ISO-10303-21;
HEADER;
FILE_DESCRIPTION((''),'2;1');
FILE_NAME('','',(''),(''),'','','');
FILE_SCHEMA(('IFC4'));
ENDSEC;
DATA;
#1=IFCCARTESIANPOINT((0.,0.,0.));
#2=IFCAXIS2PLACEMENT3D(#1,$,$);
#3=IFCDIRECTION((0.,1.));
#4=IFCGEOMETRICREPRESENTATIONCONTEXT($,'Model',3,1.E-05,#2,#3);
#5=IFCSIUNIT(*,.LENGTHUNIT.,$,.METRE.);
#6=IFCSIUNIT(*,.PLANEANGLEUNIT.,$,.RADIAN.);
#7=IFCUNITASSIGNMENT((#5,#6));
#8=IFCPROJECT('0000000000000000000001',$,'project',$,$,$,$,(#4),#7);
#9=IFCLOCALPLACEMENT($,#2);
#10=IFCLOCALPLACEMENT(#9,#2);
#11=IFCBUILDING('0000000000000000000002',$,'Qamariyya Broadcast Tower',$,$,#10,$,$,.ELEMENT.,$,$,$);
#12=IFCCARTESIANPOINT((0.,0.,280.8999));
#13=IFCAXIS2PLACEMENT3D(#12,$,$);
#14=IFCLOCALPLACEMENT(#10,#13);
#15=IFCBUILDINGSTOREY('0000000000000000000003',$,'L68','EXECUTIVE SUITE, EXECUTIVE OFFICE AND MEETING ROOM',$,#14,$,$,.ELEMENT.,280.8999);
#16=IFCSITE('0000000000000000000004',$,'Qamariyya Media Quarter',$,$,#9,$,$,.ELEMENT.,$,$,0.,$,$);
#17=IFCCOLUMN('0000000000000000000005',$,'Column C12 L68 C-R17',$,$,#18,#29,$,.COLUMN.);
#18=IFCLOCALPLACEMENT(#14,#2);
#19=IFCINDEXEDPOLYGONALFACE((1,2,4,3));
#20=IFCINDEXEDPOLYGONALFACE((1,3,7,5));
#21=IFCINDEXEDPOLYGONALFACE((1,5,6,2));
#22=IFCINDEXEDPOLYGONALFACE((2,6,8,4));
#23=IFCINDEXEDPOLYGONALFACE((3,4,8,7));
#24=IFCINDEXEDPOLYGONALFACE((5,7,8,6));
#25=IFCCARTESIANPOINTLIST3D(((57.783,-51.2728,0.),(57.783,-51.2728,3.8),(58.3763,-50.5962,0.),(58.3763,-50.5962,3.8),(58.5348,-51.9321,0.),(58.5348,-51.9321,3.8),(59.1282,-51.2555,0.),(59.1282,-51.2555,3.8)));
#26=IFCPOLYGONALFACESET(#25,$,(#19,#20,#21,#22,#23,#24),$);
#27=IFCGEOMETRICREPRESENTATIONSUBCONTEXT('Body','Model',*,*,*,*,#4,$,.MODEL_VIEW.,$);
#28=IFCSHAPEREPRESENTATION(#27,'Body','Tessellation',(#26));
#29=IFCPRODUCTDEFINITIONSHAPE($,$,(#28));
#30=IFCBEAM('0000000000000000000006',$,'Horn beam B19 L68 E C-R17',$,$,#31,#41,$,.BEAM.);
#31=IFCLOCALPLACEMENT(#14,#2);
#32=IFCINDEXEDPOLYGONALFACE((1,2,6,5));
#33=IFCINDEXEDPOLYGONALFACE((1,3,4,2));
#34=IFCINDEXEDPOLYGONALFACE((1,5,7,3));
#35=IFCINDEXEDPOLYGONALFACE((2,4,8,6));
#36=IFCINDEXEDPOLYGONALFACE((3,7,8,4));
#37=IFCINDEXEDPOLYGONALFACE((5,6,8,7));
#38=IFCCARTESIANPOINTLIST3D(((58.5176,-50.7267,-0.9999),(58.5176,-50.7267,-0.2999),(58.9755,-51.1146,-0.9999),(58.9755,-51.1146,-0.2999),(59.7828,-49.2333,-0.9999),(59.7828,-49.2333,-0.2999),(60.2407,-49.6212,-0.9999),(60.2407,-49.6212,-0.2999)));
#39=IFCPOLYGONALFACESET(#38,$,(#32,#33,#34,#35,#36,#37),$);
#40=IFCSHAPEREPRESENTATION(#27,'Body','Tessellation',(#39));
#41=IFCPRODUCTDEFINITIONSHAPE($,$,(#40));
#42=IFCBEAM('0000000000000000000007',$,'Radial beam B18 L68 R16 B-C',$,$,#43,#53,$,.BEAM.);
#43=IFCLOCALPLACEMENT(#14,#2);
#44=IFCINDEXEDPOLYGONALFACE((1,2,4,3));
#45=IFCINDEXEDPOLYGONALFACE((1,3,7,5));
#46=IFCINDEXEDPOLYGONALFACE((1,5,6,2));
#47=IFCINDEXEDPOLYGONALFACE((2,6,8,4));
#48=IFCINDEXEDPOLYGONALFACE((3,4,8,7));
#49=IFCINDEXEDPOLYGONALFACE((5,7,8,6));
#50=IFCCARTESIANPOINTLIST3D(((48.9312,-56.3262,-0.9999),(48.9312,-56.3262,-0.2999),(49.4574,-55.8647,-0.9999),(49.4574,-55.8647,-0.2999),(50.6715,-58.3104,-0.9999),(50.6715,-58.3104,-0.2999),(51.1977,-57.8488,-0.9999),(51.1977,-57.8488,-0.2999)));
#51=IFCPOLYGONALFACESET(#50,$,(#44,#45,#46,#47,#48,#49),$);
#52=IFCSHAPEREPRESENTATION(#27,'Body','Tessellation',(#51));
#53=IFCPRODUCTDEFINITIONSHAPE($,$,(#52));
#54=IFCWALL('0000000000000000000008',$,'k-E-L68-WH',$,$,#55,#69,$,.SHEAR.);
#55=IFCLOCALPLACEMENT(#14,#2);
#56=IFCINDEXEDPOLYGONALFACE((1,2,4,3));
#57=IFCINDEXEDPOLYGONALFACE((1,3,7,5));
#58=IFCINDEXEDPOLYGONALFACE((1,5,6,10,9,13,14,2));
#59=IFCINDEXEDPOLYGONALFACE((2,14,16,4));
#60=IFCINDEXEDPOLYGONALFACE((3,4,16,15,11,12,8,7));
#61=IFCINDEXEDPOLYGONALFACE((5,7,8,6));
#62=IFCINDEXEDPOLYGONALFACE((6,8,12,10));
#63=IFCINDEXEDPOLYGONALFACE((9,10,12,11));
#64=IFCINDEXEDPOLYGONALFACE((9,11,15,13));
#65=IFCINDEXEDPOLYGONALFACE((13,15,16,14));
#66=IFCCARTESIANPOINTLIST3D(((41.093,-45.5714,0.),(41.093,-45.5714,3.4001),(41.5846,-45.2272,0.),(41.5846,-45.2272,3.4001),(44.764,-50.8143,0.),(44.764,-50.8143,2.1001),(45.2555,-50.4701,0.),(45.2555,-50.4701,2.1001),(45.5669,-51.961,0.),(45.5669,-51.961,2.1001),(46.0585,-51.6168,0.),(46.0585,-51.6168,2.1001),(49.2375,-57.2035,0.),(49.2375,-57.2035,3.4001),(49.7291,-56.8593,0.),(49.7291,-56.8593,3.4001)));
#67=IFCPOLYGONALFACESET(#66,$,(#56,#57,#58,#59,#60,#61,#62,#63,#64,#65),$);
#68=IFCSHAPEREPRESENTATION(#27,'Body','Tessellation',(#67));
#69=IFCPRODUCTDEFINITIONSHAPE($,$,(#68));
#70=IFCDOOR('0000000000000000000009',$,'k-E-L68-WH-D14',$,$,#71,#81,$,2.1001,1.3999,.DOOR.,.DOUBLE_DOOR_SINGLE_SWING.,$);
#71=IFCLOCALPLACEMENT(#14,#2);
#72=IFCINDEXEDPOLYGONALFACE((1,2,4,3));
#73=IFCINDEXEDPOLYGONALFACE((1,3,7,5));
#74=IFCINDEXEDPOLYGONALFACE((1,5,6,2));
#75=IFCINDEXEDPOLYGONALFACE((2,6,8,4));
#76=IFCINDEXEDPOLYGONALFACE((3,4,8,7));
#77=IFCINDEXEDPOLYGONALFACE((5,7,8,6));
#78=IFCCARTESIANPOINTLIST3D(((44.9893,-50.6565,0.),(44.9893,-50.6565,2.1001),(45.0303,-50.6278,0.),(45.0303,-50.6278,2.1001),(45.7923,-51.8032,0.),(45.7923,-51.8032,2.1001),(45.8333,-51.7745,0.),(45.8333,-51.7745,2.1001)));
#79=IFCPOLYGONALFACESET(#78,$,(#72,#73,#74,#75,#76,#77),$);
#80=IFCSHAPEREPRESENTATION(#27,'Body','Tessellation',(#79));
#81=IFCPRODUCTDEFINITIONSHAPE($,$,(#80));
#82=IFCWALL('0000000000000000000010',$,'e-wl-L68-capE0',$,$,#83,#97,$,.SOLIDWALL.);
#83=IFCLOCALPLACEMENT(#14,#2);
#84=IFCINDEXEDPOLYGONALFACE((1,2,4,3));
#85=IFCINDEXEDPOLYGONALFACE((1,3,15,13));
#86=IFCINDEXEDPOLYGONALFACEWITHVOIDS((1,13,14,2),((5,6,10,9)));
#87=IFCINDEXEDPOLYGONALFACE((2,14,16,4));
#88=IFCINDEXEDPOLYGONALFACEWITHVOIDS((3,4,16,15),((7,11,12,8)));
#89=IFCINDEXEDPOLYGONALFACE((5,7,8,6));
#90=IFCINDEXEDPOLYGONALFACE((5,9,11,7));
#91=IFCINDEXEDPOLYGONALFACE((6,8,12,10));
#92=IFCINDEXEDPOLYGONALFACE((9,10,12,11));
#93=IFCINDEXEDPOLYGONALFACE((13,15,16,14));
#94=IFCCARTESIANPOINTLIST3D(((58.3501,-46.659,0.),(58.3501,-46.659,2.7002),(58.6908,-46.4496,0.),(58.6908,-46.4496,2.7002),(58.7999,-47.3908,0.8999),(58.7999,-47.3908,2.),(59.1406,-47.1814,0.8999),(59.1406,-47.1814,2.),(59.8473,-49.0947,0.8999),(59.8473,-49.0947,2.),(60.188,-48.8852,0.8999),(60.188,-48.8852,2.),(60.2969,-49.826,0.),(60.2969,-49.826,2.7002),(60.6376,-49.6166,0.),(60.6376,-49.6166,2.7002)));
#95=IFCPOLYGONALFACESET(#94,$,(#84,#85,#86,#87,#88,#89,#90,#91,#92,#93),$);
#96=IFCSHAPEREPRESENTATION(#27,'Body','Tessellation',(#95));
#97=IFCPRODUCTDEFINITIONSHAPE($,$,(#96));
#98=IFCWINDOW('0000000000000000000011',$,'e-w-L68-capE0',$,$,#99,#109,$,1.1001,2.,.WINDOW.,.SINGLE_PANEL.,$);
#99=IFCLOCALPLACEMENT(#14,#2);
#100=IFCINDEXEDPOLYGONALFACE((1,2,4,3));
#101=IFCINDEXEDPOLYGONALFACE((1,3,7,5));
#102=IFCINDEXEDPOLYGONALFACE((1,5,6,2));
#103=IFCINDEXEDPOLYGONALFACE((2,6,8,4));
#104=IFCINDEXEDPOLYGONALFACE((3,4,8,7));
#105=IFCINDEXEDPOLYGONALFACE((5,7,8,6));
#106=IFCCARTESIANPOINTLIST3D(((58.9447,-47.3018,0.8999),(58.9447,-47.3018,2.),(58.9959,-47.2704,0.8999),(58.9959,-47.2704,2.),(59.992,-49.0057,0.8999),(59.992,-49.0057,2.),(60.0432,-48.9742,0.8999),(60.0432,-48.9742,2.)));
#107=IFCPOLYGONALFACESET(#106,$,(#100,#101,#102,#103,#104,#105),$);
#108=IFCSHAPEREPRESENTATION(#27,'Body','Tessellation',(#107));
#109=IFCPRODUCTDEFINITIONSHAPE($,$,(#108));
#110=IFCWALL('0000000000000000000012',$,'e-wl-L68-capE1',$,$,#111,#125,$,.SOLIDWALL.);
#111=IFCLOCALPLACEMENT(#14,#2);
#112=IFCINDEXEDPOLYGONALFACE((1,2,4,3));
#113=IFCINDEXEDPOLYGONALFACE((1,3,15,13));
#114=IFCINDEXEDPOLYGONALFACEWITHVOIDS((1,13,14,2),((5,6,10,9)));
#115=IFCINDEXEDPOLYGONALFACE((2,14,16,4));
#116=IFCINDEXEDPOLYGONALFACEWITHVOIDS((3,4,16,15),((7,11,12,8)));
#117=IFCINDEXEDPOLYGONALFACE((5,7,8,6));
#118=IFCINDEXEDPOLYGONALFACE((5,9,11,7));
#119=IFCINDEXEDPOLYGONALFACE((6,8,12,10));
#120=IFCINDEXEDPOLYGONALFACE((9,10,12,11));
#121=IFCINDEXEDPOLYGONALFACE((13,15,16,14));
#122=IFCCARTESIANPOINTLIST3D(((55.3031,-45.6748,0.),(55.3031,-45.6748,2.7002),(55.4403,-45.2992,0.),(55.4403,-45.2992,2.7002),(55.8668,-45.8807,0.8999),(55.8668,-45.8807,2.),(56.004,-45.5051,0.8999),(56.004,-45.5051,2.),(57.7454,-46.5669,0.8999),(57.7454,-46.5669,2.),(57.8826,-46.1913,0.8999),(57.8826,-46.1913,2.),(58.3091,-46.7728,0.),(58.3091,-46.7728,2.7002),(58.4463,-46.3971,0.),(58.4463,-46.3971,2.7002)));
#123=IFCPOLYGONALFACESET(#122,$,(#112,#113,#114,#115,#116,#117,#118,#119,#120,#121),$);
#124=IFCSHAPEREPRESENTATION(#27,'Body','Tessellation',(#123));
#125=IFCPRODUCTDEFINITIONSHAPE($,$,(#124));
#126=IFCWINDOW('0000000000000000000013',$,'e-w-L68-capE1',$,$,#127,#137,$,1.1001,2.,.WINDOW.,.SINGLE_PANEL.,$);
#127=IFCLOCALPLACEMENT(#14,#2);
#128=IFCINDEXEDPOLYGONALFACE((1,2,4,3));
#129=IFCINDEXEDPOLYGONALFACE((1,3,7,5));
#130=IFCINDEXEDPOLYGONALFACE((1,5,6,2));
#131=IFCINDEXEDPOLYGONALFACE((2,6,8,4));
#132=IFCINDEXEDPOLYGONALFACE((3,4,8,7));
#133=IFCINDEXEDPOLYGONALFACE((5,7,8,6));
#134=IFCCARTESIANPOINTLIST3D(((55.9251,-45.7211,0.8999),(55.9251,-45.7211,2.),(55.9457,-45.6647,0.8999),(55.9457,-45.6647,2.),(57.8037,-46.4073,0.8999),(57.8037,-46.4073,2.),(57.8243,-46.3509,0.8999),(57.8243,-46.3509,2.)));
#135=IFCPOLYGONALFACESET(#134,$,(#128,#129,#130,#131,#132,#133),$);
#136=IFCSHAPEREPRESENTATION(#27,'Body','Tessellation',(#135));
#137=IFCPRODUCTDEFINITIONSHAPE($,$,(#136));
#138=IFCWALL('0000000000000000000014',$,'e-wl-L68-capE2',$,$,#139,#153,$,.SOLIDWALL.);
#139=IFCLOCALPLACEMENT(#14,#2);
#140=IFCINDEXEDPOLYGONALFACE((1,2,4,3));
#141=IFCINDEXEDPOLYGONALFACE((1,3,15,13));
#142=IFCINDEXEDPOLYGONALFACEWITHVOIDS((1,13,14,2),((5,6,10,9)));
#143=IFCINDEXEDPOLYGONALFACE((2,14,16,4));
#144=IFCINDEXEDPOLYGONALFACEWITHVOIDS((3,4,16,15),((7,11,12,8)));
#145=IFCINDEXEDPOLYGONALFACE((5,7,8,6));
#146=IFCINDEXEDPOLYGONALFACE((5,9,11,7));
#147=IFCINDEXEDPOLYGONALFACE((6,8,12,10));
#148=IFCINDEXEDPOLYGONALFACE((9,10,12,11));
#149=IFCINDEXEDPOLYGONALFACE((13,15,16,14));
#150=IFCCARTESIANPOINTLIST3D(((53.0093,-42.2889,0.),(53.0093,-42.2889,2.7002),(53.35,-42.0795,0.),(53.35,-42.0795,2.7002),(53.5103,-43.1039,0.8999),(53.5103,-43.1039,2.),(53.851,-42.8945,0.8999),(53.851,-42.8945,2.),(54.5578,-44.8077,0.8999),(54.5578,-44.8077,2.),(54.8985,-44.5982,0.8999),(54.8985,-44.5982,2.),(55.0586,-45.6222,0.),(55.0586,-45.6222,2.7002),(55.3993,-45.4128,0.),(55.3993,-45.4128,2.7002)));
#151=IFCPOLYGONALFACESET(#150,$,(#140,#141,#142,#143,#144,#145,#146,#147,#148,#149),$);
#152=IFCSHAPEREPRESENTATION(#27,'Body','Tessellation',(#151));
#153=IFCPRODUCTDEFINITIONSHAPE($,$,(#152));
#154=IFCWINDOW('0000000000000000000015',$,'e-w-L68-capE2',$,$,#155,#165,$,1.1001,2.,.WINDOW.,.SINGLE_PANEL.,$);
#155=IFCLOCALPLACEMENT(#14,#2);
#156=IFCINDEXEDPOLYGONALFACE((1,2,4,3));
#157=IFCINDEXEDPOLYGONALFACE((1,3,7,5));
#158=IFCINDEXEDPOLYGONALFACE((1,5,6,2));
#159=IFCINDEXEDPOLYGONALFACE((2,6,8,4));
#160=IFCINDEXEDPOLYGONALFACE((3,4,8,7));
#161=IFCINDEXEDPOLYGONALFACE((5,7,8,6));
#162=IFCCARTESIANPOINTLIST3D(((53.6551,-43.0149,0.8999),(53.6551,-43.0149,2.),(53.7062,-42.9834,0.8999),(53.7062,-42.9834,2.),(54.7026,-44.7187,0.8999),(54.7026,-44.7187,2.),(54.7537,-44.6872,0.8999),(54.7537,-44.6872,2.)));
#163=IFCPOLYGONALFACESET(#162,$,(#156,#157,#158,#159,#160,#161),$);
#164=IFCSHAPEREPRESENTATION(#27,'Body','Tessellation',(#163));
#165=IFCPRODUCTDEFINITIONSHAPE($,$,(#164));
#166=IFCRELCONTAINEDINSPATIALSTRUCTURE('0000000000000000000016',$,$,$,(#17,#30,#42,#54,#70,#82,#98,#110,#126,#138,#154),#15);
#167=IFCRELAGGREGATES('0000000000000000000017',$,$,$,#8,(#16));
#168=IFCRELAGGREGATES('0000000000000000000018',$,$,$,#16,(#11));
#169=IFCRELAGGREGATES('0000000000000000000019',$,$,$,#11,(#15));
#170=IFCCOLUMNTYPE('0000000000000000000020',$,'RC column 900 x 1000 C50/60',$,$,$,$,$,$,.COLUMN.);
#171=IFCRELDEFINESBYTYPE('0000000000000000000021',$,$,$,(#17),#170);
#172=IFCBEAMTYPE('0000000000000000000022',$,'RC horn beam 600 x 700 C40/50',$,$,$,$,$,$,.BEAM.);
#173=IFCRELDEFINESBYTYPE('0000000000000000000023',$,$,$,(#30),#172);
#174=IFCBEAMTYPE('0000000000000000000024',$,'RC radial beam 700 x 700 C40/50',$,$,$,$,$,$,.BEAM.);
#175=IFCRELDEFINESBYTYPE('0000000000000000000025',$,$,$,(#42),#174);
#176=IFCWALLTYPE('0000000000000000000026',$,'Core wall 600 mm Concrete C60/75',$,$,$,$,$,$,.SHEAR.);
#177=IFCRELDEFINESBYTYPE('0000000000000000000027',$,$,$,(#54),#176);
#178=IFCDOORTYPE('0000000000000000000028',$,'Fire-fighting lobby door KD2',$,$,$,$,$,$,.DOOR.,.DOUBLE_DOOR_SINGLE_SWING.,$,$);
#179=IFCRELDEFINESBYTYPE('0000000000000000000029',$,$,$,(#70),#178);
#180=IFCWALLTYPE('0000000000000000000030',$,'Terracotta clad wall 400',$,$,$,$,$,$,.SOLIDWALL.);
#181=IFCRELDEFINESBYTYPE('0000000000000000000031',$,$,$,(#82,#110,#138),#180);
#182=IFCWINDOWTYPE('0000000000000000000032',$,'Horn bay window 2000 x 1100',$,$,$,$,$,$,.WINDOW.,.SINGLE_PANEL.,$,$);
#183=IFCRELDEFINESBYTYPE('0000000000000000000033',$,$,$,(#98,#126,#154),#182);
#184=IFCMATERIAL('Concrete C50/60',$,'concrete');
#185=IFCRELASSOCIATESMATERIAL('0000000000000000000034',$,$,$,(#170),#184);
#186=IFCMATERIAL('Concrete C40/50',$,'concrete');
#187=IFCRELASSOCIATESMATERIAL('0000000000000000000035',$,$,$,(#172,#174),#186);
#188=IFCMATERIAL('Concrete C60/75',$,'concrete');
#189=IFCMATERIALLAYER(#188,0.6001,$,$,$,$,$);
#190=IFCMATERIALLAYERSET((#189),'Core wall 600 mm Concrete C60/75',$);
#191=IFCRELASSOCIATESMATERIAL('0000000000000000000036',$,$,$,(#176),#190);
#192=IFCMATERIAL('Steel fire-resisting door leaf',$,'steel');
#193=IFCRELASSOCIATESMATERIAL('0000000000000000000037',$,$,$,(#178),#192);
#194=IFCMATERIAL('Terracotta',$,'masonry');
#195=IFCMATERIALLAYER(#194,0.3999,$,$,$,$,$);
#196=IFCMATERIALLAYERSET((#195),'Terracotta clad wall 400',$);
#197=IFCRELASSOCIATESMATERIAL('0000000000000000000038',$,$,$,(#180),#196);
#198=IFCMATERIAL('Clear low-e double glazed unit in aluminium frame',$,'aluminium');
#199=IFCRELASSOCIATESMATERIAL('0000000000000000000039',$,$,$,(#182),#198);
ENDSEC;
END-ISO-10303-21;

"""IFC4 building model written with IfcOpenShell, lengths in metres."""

from ifc_helpers import new_model, si_unit, direction, frame, frame_2d, origin, origin_2d, place, context, subcontext, project, spatial, rectangle, extrude, material, layer, layer_set, material_profile, profile_set, type_object, element, fill, save


model = new_model("IFC4")

# Units and contexts
model_context = context("Model", 3, precision=1e-05, world=origin(), true_north=direction((0.0, 1.0)))
body_context = subcontext(model_context, "Body", "Model", "MODEL_VIEW")
ifc_project = project(units=[si_unit("LENGTHUNIT", "METRE"), si_unit("PLANEANGLEUNIT", "RADIAN")], contexts=[model_context])

# Site, building, storey
site_placement = place(None, origin())
site = spatial("IfcSite", under=ifc_project, at=site_placement, Name="Qamariyya Media Quarter", CompositionType="ELEMENT", RefElevation=0.0)
building_placement = place(site_placement, origin())
building = spatial("IfcBuilding", under=site, at=building_placement, Name="Qamariyya Broadcast Tower", CompositionType="ELEMENT")
storey_placement = place(building_placement, frame((0.0, 0.0, 280.8999)))
storey = spatial("IfcBuildingStorey", under=building, at=storey_placement, Name="L68", Description="EXECUTIVE SUITE, EXECUTIVE OFFICE AND MEETING ROOM", CompositionType="ELEMENT", Elevation=280.8999)

# Column
ifc_material_1 = material(Name="Concrete C50/60", Category="concrete")
ifc_material_profile_1 = material_profile(ifc_material_1, rectangle(XDim=0.8999, YDim=1.0, at=origin_2d()))
ifc_profile_set_1 = profile_set([ifc_material_profile_1], Name="Concrete C50/60")
column_type = type_object("IfcColumnType", Name="RC column 900 x 1000 C50/60", PredefinedType="COLUMN", material=ifc_profile_set_1)
column_placement = place(storey_placement, frame((58.4556, -51.2642, 0.0), z_axis=(0.0, 0.0, 1.0), x_axis=(0.659346, 0.75184, 0.0)))
element("IfcColumn", 1, at=column_placement, inside=storey, type_object=column_type, Name="Column C12 L68 C-R17", PredefinedType="COLUMN", context=body_context, shape_type="SweptSolid", body=[
    extrude(rectangle(XDim=0.8999, YDim=1.0, at=origin_2d()), origin(), (0.0, 0.0, 1.0), 3.8),
])

# Beams
ifc_material_2 = material(Name="Concrete C40/50", Category="concrete")
ifc_material_profile_2 = material_profile(ifc_material_2, rectangle(XDim=0.6001, YDim=0.7, at=origin_2d()))
ifc_profile_set_2 = profile_set([ifc_material_profile_2], Name="Concrete C40/50")
beam_type_1 = type_object("IfcBeamType", Name="RC horn beam 600 x 700 C40/50", PredefinedType="BEAM", material=ifc_profile_set_2)
beam_1_placement = place(storey_placement, frame((58.7466, -50.9207, -0.6499), z_axis=(0.646384, 0.763012, 0.0), x_axis=(-0.763012, 0.646384, 0.0)))
element("IfcBeam", 2, at=beam_1_placement, inside=storey, type_object=beam_type_1, Name="Horn beam B19 L68 E C-R17", PredefinedType="BEAM", context=body_context, shape_type="SweptSolid", body=[
    extrude(rectangle(XDim=0.6001, YDim=0.7, at=origin_2d()), origin(), (0.0, 0.0, 1.0), 1.9573),
])
ifc_material_profile_3 = material_profile(ifc_material_2, rectangle(XDim=0.7, YDim=0.7, at=origin_2d()))
ifc_profile_set_3 = profile_set([ifc_material_profile_3], Name="Concrete C40/50")
beam_type_2 = type_object("IfcBeamType", Name="RC radial beam 700 x 700 C40/50", PredefinedType="BEAM", material=ifc_profile_set_3)
beam_2_placement = place(storey_placement, frame((49.1943, -56.0955, -0.6499), z_axis=(0.659388, -0.751803, 0.0), x_axis=(0.751803, 0.659388, 0.0)))
element("IfcBeam", 3, at=beam_2_placement, inside=storey, type_object=beam_type_2, Name="Radial beam B18 L68 R16 B-C", PredefinedType="BEAM", context=body_context, shape_type="SweptSolid", body=[
    extrude(rectangle(XDim=0.7, YDim=0.7, at=origin_2d()), origin(), (0.0, 0.0, 1.0), 2.6392),
])

# Wall, opening, door
ifc_material_3 = material(Name="Concrete C60/75", Category="concrete")
ifc_layer_1 = layer(ifc_material_3, 0.6001)
ifc_layer_set_1 = layer_set([ifc_layer_1], Name="Core wall 600 mm Concrete C60/75")
wall_type_1 = type_object("IfcWallType", Name="Core wall 600 mm Concrete C60/75", PredefinedType="SHEAR", material=ifc_layer_set_1)
wall_1_placement = place(storey_placement, frame((49.4834, -57.0315, 0.0), z_axis=(0.0, 0.0, 1.0), x_axis=(-0.57356, 0.819163, 0.0)))
wall_1 = element("IfcWall", 4, at=wall_1_placement, inside=storey, type_object=wall_type_1, Name="k-E-L68-WH", PredefinedType="SHEAR", context=body_context, shape_type="SweptSolid", body=[
    extrude(rectangle(XDim=14.2, YDim=0.6001, at=frame_2d((7.1001, 0.0))), origin(), (0.0, 0.0, 1.0), 3.4001),
])
opening_1_placement = place(wall_1_placement, frame((6.3999, 0.0, 0.0)))
opening_1 = element("IfcOpeningElement", 5, at=opening_1_placement, cuts=wall_1, PredefinedType="OPENING", context=body_context, shape_type="SweptSolid", body=[
    extrude(rectangle(XDim=1.3999, YDim=2.1001, at=frame_2d((0.7, 1.05))), frame((0.0, 0.3101, 0.0), z_axis=(0.0, -1.0, 0.0), x_axis=(1.0, 0.0, 0.0)), (0.0, 0.0, 1.0), 0.6201),
])
ifc_material_4 = material(Name="Steel fire-resisting door leaf", Category="steel")
door_type = type_object("IfcDoorType", Name="Fire-fighting lobby door KD2", OperationType="DOUBLE_DOOR_SINGLE_SWING", PredefinedType="DOOR", material=ifc_material_4)
door_placement = place(opening_1_placement, origin())
door = element("IfcDoor", 6, at=door_placement, inside=storey, type_object=door_type, Name="k-E-L68-WH-D14", OperationType="DOUBLE_DOOR_SINGLE_SWING", OverallHeight=2.1001, OverallWidth=1.3999, PredefinedType="DOOR", context=body_context, shape_type="SweptSolid", body=[
    extrude(rectangle(XDim=1.3999, YDim=2.1001, at=frame_2d((0.7, 1.05))), frame((0.0, 0.0249, 0.0), z_axis=(0.0, -1.0, 0.0), x_axis=(1.0, 0.0, 0.0)), (0.0, 0.0, 1.0), 0.05),
])
fill(opening_1, door)

# Walls, openings, windows
ifc_material_5 = material(Name="Terracotta", Category="masonry")
ifc_layer_2 = layer(ifc_material_5, 0.3999)
ifc_layer_set_2 = layer_set([ifc_layer_2], Name="Terracotta clad wall 400")
wall_type_2 = type_object("IfcWallType", Name="Terracotta clad wall 400", PredefinedType="SOLIDWALL", material=ifc_layer_set_2)
wall_2_placement = place(storey_placement, frame((60.4673, -49.7214, 0.0), z_axis=(0.0, 0.0, 1.0), x_axis=(-0.52368, 0.851915, 0.0)))
wall_2 = element("IfcWall", 7, at=wall_2_placement, inside=storey, type_object=wall_type_2, Name="e-wl-L68-capE0", PredefinedType="SOLIDWALL", context=body_context, shape_type="SweptSolid", body=[
    extrude(rectangle(XDim=3.7175, YDim=0.3999, at=frame_2d((1.8589, 0.0))), origin(), (0.0, 0.0, 1.0), 2.7002),
])
opening_2_placement = place(wall_2_placement, frame((0.8586, 0.0, 0.8999)))
opening_2 = element("IfcOpeningElement", 8, at=opening_2_placement, cuts=wall_2, PredefinedType="OPENING", context=body_context, shape_type="SweptSolid", body=[
    extrude(rectangle(XDim=2.0, YDim=1.1001, at=frame_2d((1.0, 0.55))), frame((0.0, 0.21, 0.0), z_axis=(0.0, -1.0, 0.0), x_axis=(1.0, 0.0, 0.0)), (0.0, 0.0, 1.0), 0.4199),
])
ifc_material_6 = material(Name="Clear low-e double glazed unit in aluminium frame", Category="aluminium")
window_type = type_object("IfcWindowType", Name="Horn bay window 2000 x 1100", PartitioningType="SINGLE_PANEL", PredefinedType="WINDOW", material=ifc_material_6)
window_1_placement = place(opening_2_placement, origin())
window_1 = element("IfcWindow", 9, at=window_1_placement, inside=storey, type_object=window_type, Name="e-w-L68-capE0", OverallHeight=1.1001, OverallWidth=2.0, PartitioningType="SINGLE_PANEL", PredefinedType="WINDOW", context=body_context, shape_type="SweptSolid", body=[
    extrude(rectangle(XDim=2.0, YDim=1.1001, at=frame_2d((1.0, 0.55))), frame((0.0, 0.03, 0.0), z_axis=(0.0, -1.0, 0.0), x_axis=(1.0, 0.0, 0.0)), (0.0, 0.0, 1.0), 0.0601),
])
fill(opening_2, window_1)
wall_3_placement = place(storey_placement, frame((58.3777, -46.585, 0.0), z_axis=(0.0, 0.0, 1.0), x_axis=(-0.939305, 0.343084, 0.0)))
wall_3 = element("IfcWall", 10, at=wall_3_placement, inside=storey, type_object=wall_type_2, Name="e-wl-L68-capE1", PredefinedType="SOLIDWALL", context=body_context, shape_type="SweptSolid", body=[
    extrude(rectangle(XDim=3.2002, YDim=0.3999, at=frame_2d((1.6001, 0.0))), origin(), (0.0, 0.0, 1.0), 2.7002),
])
opening_3_placement = place(wall_3_placement, frame((0.6001, 0.0, 0.8999)))
opening_3 = element("IfcOpeningElement", 11, at=opening_3_placement, cuts=wall_3, PredefinedType="OPENING", context=body_context, shape_type="SweptSolid", body=[
    extrude(rectangle(XDim=2.0, YDim=1.1001, at=frame_2d((1.0, 0.55))), frame((0.0, 0.21, 0.0), z_axis=(0.0, -1.0, 0.0), x_axis=(1.0, 0.0, 0.0)), (0.0, 0.0, 1.0), 0.4199),
])
window_2_placement = place(opening_3_placement, origin())
window_2 = element("IfcWindow", 12, at=window_2_placement, inside=storey, type_object=window_type, Name="e-w-L68-capE1", OverallHeight=1.1001, OverallWidth=2.0, PartitioningType="SINGLE_PANEL", PredefinedType="WINDOW", context=body_context, shape_type="SweptSolid", body=[
    extrude(rectangle(XDim=2.0, YDim=1.1001, at=frame_2d((1.0, 0.55))), frame((0.0, 0.03, 0.0), z_axis=(0.0, -1.0, 0.0), x_axis=(1.0, 0.0, 0.0)), (0.0, 0.0, 1.0), 0.0601),
])
fill(opening_3, window_2)
wall_4_placement = place(storey_placement, frame((55.229, -45.5176, 0.0), z_axis=(0.0, 0.0, 1.0), x_axis=(-0.523742, 0.851877, 0.0)))
wall_4 = element("IfcWall", 13, at=wall_4_placement, inside=storey, type_object=wall_type_2, Name="e-wl-L68-capE2", PredefinedType="SOLIDWALL", context=body_context, shape_type="SweptSolid", body=[
    extrude(rectangle(XDim=3.9128, YDim=0.3999, at=frame_2d((1.9565, 0.0))), origin(), (0.0, 0.0, 1.0), 2.7002),
])
opening_4_placement = place(wall_4_placement, frame((0.9563, 0.0, 0.8999)))
opening_4 = element("IfcOpeningElement", 14, at=opening_4_placement, cuts=wall_4, PredefinedType="OPENING", context=body_context, shape_type="SweptSolid", body=[
    extrude(rectangle(XDim=2.0, YDim=1.1001, at=frame_2d((1.0, 0.55))), frame((0.0, 0.21, 0.0), z_axis=(0.0, -1.0, 0.0), x_axis=(1.0, 0.0, 0.0)), (0.0, 0.0, 1.0), 0.4199),
])
window_3_placement = place(opening_4_placement, origin())
window_3 = element("IfcWindow", 15, at=window_3_placement, inside=storey, type_object=window_type, Name="e-w-L68-capE2", OverallHeight=1.1001, OverallWidth=2.0, PartitioningType="SINGLE_PANEL", PredefinedType="WINDOW", context=body_context, shape_type="SweptSolid", body=[
    extrude(rectangle(XDim=2.0, YDim=1.1001, at=frame_2d((1.0, 0.55))), frame((0.0, 0.03, 0.0), z_axis=(0.0, -1.0, 0.0), x_axis=(1.0, 0.0, 0.0)), (0.0, 0.0, 1.0), 0.0601),
])
fill(opening_4, window_3)

save(model, "model.ifc")
